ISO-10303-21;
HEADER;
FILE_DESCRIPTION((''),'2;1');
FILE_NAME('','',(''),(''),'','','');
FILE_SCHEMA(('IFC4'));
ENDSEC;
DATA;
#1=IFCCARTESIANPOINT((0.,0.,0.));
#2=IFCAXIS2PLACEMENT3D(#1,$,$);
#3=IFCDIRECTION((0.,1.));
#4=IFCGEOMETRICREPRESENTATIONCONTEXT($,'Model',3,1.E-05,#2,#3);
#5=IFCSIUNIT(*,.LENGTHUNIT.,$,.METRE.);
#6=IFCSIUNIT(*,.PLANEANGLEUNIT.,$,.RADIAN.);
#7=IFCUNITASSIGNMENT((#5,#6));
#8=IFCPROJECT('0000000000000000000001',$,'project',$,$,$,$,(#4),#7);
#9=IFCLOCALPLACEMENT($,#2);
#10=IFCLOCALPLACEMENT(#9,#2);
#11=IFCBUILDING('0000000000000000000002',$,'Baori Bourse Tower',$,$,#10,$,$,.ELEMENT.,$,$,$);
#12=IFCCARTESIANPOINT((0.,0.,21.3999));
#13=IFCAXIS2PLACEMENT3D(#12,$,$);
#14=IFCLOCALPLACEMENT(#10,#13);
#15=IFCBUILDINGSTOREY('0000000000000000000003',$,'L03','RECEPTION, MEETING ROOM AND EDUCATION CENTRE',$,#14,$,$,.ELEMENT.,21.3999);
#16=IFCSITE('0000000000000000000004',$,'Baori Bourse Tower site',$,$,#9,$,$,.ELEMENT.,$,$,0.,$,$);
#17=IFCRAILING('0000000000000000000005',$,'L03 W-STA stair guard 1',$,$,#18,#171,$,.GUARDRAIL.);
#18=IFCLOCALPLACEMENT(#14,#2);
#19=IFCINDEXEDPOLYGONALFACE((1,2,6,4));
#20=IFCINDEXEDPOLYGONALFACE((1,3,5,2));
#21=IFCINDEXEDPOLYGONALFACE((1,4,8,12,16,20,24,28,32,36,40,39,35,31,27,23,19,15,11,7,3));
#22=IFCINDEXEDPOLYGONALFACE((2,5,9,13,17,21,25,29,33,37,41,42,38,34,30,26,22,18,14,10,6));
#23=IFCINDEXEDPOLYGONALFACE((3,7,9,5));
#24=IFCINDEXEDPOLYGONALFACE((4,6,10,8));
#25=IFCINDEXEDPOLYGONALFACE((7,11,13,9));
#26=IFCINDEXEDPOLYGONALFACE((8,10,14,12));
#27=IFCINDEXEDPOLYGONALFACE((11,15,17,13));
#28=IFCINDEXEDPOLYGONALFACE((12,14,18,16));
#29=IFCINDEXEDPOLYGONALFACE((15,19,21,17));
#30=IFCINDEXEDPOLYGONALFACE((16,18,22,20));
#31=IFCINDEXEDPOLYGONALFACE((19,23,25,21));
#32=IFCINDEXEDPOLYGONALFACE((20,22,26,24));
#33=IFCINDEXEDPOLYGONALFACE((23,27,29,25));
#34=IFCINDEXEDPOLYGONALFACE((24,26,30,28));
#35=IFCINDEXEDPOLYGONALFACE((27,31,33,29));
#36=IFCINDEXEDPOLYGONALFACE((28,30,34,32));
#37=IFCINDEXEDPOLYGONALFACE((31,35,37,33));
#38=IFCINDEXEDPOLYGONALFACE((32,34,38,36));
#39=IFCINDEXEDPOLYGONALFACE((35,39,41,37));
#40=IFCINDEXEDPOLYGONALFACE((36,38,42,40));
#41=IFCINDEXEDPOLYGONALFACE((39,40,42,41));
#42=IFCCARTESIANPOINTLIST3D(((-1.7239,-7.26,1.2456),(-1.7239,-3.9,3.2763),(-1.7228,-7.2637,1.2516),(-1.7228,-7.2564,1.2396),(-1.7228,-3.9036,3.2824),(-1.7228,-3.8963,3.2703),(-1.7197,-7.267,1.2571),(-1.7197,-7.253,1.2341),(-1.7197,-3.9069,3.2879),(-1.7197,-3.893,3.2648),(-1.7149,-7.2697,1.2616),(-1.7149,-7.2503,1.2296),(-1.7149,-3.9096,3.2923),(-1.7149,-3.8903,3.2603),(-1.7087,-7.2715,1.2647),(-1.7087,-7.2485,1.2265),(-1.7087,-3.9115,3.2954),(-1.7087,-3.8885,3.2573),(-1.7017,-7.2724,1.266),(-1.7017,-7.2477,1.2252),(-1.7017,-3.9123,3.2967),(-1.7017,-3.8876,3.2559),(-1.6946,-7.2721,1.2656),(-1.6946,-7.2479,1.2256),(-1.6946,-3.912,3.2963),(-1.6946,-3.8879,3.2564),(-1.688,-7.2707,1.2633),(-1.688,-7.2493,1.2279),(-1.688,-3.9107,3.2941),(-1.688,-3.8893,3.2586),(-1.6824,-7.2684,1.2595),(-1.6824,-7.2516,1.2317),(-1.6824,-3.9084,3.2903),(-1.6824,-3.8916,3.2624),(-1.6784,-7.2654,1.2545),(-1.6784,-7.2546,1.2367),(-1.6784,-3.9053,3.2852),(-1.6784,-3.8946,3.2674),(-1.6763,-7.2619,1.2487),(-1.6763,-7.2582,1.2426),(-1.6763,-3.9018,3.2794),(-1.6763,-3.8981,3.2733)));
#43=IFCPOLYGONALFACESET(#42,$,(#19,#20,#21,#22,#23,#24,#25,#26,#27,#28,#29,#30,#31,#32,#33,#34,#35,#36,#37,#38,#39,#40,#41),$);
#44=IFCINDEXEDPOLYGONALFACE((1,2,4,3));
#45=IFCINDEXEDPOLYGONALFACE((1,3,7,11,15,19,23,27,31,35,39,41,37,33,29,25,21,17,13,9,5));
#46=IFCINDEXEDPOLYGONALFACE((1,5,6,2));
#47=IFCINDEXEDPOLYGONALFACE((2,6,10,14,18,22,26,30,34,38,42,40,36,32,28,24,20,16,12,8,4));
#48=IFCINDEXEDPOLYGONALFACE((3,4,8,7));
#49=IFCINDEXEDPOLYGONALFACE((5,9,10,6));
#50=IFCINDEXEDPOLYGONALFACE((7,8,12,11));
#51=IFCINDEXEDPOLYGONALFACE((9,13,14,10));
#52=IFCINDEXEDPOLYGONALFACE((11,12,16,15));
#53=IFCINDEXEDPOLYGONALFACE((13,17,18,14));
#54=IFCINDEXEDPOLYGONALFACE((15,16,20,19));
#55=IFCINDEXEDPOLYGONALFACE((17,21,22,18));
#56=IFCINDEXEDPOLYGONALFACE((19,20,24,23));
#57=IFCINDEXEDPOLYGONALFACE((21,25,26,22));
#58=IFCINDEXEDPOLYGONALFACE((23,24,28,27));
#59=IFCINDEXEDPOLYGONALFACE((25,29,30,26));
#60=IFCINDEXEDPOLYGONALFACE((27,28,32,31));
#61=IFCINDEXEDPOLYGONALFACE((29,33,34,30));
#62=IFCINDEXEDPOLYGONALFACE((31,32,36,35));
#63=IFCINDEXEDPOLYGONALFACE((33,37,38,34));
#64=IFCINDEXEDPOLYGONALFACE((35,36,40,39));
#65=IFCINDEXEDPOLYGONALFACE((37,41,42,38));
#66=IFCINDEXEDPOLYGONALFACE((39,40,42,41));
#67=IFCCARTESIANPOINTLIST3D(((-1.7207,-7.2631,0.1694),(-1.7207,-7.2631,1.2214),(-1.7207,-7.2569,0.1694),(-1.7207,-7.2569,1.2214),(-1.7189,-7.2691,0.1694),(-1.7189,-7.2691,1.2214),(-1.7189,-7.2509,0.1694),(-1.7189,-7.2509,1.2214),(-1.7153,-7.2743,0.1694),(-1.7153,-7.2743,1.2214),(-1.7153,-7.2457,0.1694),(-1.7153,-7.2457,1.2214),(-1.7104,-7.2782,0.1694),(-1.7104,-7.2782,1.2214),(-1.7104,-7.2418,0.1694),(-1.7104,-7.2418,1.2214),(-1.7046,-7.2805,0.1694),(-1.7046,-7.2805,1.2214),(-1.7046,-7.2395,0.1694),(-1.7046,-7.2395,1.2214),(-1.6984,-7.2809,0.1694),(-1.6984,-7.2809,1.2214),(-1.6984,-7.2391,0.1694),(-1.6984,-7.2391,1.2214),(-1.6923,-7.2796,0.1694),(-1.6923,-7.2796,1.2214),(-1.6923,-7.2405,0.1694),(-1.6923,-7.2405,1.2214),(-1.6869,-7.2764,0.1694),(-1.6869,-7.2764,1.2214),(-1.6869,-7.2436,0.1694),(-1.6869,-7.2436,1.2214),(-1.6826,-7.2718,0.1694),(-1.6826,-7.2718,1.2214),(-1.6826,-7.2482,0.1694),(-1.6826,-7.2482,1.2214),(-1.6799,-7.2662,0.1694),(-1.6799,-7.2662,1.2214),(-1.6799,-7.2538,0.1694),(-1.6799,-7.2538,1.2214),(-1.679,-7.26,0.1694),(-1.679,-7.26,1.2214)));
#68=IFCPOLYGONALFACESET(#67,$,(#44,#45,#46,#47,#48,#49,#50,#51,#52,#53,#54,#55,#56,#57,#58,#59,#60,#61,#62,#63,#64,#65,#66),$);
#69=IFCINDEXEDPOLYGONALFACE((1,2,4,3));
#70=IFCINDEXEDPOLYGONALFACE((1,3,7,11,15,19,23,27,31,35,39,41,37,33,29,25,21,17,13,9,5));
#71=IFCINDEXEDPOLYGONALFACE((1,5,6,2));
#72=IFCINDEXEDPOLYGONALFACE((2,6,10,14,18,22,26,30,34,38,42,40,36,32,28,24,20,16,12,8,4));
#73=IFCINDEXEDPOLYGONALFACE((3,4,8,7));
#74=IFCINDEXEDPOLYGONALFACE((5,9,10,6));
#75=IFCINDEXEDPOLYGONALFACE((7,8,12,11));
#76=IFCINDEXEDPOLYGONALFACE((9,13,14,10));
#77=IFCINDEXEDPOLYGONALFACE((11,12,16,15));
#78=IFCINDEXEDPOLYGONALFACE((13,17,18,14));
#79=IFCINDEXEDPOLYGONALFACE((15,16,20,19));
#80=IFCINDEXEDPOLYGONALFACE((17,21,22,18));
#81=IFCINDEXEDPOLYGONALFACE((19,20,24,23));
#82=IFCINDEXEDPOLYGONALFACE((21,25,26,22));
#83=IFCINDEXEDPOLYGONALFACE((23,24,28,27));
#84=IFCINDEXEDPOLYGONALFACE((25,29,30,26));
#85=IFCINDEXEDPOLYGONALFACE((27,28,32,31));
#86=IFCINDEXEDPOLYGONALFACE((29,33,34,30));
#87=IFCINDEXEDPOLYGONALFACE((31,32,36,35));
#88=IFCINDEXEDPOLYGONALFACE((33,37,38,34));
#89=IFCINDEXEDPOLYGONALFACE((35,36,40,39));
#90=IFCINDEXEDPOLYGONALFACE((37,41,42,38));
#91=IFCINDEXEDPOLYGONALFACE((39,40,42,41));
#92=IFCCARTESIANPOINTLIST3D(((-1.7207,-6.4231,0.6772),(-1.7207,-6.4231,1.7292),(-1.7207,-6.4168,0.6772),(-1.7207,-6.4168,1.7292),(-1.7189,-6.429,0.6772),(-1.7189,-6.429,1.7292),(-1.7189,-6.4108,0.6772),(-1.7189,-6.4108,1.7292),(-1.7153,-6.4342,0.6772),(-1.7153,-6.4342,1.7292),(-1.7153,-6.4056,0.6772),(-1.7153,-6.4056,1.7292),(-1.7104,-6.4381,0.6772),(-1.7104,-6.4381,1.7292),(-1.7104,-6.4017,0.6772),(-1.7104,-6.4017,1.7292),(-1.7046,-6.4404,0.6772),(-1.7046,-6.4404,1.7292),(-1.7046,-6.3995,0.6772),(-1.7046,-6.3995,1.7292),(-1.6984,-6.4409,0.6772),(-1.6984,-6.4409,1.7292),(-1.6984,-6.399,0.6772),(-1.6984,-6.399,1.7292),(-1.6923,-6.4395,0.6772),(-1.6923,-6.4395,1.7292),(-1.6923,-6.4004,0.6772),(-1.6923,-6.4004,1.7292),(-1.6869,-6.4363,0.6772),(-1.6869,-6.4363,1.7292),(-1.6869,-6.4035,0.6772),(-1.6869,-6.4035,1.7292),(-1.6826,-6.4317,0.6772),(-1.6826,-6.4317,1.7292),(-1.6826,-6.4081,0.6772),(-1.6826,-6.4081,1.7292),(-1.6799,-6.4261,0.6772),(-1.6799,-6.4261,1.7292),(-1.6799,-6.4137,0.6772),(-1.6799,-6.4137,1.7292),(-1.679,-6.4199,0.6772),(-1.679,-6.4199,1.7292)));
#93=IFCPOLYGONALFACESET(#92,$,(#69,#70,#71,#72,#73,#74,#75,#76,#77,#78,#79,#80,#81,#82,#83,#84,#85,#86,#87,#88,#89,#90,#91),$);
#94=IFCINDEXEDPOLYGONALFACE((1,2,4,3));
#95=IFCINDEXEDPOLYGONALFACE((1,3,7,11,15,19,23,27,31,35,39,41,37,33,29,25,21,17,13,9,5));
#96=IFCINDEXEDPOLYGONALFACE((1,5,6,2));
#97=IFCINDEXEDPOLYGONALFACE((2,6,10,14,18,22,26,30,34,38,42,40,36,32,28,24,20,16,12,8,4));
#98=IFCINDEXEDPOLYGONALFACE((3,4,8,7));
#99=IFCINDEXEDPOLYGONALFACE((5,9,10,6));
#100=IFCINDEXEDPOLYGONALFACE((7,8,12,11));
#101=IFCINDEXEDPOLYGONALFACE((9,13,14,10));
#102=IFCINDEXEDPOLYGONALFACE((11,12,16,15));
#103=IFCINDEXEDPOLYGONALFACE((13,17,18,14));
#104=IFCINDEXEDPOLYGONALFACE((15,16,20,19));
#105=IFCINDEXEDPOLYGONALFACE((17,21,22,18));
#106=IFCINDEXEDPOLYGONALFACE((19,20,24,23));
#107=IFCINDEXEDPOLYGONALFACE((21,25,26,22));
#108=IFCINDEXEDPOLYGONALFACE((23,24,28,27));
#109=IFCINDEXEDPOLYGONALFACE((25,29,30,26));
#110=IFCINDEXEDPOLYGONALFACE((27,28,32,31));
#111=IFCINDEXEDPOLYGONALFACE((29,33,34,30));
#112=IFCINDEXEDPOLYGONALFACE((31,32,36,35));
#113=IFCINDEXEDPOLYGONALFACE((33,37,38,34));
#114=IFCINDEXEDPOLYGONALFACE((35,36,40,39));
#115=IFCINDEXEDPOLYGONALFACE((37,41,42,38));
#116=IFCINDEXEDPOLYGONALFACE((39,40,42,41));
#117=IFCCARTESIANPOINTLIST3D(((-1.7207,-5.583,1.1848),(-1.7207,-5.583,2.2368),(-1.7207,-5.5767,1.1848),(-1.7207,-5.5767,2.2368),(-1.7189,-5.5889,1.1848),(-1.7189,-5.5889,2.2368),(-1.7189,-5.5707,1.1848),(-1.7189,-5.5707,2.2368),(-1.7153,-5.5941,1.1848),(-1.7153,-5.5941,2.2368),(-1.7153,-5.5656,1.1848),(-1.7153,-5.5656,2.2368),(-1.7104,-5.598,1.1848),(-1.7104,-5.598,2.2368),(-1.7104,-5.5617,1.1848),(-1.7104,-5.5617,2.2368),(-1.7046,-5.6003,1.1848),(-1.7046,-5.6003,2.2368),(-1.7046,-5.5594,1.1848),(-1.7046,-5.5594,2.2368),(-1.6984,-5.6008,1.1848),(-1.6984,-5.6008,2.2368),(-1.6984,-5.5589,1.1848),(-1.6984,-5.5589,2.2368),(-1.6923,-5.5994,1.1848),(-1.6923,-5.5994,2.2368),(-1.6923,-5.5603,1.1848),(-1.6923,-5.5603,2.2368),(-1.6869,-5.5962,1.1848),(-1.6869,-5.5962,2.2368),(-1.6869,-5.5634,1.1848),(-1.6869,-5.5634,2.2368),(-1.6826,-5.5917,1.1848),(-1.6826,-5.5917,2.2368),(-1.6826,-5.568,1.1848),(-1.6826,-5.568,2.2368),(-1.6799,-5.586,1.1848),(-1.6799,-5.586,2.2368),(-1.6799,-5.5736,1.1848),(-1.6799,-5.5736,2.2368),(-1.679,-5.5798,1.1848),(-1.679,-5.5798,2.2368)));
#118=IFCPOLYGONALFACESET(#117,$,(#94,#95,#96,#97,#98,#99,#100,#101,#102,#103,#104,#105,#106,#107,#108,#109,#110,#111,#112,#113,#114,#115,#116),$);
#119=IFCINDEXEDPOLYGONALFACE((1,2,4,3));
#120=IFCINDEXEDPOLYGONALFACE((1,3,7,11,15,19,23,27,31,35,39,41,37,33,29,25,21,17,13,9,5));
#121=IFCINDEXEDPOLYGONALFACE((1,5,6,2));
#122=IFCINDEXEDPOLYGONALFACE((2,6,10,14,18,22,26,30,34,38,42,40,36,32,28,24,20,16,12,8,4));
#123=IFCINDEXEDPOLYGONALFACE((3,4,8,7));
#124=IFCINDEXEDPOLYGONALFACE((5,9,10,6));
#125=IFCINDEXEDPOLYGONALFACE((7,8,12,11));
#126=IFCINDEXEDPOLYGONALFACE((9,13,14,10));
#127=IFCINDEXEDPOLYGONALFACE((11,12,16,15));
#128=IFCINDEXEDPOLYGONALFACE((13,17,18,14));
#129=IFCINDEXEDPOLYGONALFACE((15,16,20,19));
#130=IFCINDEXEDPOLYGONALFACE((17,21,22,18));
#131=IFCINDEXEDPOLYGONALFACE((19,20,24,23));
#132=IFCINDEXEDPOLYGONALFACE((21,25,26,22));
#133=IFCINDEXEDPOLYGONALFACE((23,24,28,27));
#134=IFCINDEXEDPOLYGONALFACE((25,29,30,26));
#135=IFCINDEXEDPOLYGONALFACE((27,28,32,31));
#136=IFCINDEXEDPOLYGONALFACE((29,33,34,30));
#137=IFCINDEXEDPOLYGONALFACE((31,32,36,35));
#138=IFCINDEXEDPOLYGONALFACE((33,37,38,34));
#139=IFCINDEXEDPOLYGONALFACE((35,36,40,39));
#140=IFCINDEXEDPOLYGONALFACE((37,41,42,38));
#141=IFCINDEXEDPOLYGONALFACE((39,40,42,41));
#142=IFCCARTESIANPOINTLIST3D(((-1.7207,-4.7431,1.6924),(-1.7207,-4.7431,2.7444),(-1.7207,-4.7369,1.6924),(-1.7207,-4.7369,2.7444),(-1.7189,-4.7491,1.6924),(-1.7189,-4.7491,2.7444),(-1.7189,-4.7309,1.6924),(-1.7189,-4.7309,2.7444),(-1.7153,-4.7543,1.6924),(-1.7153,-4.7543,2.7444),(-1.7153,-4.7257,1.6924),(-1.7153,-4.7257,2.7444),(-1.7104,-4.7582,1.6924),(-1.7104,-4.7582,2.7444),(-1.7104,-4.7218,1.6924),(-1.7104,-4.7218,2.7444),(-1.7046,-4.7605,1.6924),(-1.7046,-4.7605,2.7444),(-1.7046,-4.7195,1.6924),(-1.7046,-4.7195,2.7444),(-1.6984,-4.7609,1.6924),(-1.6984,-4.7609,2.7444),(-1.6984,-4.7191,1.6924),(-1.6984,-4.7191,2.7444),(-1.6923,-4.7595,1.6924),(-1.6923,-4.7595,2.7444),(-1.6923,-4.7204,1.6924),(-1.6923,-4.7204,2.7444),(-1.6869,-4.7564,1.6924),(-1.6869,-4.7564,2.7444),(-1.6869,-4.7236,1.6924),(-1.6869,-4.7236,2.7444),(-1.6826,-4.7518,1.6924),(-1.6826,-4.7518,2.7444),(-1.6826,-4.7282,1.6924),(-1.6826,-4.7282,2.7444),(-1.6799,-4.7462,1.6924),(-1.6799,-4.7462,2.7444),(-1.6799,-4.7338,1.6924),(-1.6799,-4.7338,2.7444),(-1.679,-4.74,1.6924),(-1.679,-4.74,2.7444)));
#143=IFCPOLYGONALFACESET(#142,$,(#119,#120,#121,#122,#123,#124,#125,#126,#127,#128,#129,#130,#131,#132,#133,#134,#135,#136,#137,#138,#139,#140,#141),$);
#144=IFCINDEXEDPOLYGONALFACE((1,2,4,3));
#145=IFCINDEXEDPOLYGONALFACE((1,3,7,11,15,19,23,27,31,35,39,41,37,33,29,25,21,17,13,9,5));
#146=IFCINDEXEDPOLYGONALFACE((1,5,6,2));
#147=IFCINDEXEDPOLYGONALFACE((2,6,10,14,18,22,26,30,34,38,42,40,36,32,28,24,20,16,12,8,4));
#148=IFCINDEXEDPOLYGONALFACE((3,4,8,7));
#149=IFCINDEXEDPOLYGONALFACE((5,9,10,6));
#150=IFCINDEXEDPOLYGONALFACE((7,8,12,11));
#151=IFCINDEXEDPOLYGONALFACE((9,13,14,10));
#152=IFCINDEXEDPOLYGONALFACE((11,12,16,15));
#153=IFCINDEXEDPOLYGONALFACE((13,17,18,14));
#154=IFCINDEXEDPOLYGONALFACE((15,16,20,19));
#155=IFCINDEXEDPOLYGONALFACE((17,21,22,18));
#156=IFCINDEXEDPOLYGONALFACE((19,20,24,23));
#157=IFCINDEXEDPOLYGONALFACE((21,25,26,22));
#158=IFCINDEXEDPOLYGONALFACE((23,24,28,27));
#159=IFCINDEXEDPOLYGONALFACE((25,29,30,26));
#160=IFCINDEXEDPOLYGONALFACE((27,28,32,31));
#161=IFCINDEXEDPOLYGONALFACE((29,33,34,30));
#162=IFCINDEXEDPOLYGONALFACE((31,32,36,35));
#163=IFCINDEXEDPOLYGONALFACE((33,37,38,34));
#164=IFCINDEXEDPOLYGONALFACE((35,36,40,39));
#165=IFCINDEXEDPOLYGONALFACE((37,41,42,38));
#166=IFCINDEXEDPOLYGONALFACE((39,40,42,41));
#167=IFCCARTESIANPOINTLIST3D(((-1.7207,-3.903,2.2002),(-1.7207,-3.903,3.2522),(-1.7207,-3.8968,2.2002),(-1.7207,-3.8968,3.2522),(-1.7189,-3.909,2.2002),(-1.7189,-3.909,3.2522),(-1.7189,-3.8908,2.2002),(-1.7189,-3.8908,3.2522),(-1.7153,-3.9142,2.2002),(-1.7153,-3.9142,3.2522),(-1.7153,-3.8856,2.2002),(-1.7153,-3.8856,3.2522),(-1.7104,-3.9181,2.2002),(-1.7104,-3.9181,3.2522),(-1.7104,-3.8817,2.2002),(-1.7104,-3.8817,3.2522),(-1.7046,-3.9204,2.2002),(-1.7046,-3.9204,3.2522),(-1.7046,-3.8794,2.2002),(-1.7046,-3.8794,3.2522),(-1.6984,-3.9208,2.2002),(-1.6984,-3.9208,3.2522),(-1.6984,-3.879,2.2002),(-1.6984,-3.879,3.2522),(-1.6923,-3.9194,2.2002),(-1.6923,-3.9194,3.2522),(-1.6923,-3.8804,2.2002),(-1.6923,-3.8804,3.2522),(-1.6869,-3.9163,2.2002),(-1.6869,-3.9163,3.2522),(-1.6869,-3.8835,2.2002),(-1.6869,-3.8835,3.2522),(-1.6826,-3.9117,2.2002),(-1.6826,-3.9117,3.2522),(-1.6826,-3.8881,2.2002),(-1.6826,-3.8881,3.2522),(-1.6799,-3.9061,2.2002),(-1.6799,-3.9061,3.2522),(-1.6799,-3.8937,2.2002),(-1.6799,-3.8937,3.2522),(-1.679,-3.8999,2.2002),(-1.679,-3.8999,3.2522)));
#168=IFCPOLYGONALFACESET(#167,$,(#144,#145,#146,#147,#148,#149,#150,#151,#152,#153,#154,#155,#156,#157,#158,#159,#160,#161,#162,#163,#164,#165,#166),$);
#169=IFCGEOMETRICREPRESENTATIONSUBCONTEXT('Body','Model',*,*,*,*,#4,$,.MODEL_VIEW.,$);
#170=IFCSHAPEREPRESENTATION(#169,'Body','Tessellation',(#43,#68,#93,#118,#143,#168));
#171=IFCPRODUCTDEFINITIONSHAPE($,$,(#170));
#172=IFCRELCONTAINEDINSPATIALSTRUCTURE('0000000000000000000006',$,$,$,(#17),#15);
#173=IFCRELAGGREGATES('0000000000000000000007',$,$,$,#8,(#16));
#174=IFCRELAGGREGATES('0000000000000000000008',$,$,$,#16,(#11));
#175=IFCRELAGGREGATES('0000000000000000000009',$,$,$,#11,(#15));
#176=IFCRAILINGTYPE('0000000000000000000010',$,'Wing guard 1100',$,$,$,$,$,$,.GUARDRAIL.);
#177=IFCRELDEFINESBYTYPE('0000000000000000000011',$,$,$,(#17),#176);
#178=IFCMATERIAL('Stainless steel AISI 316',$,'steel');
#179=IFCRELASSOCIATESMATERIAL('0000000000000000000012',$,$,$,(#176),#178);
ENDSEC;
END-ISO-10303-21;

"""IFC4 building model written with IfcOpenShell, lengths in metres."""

from ifc_helpers import new_model, si_unit, direction, frame, origin, origin_2d, place, context, subcontext, project, spatial, circle, extrude, material, type_object, element, save


model = new_model("IFC4")

# Units and contexts
model_context = context("Model", 3, precision=1e-05, world=origin(), true_north=direction((0.0, 1.0)))
body_context = subcontext(model_context, "Body", "Model", "MODEL_VIEW")
ifc_project = project(units=[si_unit("LENGTHUNIT", "METRE"), si_unit("PLANEANGLEUNIT", "RADIAN")], contexts=[model_context])

# Site, building, storey
site_placement = place(None, origin())
site = spatial("IfcSite", under=ifc_project, at=site_placement, Name="Baori Bourse Tower site", CompositionType="ELEMENT", RefElevation=0.0)
building_placement = place(site_placement, origin())
building = spatial("IfcBuilding", under=site, at=building_placement, Name="Baori Bourse Tower", CompositionType="ELEMENT")
storey_placement = place(building_placement, frame((0.0, 0.0, 21.3999)))
storey = spatial("IfcBuildingStorey", under=building, at=storey_placement, Name="L03", Description="RECEPTION, MEETING ROOM AND EDUCATION CENTRE", CompositionType="ELEMENT", Elevation=21.3999)

# Railing
ifc_material_1 = material(Name="Stainless steel AISI 316", Category="steel")
railing_type_1 = type_object("IfcRailingType", Name="Wing guard 1100", PredefinedType="GUARDRAIL", material=ifc_material_1)
railing_1_placement = place(storey_placement, frame((-1.7, -7.26, 0.1694)))
element("IfcRailing", 1, at=railing_1_placement, inside=storey, type_object=railing_type_1, Name="L03 W-STA stair guard 1", PredefinedType="GUARDRAIL", context=body_context, shape_type="SweptSolid", body=[
    extrude(circle(Radius=0.0239, at=origin_2d()), frame((0.0, 0.0, 1.0762), z_axis=(0.0, 0.855837, 0.517246), x_axis=(-1.0, 0.0, 0.0)), (0.0, 0.0, 1.0), 3.926),
    extrude(circle(Radius=0.021, at=origin_2d()), origin(), (0.0, 0.0, 1.0), 1.052),
    extrude(circle(Radius=0.021, at=origin_2d()), frame((0.0, 0.8401, 0.5078)), (0.0, 0.0, 1.0), 1.052),
    extrude(circle(Radius=0.021, at=origin_2d()), frame((0.0, 1.6802, 1.0154)), (0.0, 0.0, 1.0), 1.052),
    extrude(circle(Radius=0.021, at=origin_2d()), frame((0.0, 2.52, 1.5229)), (0.0, 0.0, 1.0), 1.052),
    extrude(circle(Radius=0.021, at=origin_2d()), frame((0.0, 3.3601, 2.0308)), (0.0, 0.0, 1.0), 1.052),
])

save(model, "model.ifc")
